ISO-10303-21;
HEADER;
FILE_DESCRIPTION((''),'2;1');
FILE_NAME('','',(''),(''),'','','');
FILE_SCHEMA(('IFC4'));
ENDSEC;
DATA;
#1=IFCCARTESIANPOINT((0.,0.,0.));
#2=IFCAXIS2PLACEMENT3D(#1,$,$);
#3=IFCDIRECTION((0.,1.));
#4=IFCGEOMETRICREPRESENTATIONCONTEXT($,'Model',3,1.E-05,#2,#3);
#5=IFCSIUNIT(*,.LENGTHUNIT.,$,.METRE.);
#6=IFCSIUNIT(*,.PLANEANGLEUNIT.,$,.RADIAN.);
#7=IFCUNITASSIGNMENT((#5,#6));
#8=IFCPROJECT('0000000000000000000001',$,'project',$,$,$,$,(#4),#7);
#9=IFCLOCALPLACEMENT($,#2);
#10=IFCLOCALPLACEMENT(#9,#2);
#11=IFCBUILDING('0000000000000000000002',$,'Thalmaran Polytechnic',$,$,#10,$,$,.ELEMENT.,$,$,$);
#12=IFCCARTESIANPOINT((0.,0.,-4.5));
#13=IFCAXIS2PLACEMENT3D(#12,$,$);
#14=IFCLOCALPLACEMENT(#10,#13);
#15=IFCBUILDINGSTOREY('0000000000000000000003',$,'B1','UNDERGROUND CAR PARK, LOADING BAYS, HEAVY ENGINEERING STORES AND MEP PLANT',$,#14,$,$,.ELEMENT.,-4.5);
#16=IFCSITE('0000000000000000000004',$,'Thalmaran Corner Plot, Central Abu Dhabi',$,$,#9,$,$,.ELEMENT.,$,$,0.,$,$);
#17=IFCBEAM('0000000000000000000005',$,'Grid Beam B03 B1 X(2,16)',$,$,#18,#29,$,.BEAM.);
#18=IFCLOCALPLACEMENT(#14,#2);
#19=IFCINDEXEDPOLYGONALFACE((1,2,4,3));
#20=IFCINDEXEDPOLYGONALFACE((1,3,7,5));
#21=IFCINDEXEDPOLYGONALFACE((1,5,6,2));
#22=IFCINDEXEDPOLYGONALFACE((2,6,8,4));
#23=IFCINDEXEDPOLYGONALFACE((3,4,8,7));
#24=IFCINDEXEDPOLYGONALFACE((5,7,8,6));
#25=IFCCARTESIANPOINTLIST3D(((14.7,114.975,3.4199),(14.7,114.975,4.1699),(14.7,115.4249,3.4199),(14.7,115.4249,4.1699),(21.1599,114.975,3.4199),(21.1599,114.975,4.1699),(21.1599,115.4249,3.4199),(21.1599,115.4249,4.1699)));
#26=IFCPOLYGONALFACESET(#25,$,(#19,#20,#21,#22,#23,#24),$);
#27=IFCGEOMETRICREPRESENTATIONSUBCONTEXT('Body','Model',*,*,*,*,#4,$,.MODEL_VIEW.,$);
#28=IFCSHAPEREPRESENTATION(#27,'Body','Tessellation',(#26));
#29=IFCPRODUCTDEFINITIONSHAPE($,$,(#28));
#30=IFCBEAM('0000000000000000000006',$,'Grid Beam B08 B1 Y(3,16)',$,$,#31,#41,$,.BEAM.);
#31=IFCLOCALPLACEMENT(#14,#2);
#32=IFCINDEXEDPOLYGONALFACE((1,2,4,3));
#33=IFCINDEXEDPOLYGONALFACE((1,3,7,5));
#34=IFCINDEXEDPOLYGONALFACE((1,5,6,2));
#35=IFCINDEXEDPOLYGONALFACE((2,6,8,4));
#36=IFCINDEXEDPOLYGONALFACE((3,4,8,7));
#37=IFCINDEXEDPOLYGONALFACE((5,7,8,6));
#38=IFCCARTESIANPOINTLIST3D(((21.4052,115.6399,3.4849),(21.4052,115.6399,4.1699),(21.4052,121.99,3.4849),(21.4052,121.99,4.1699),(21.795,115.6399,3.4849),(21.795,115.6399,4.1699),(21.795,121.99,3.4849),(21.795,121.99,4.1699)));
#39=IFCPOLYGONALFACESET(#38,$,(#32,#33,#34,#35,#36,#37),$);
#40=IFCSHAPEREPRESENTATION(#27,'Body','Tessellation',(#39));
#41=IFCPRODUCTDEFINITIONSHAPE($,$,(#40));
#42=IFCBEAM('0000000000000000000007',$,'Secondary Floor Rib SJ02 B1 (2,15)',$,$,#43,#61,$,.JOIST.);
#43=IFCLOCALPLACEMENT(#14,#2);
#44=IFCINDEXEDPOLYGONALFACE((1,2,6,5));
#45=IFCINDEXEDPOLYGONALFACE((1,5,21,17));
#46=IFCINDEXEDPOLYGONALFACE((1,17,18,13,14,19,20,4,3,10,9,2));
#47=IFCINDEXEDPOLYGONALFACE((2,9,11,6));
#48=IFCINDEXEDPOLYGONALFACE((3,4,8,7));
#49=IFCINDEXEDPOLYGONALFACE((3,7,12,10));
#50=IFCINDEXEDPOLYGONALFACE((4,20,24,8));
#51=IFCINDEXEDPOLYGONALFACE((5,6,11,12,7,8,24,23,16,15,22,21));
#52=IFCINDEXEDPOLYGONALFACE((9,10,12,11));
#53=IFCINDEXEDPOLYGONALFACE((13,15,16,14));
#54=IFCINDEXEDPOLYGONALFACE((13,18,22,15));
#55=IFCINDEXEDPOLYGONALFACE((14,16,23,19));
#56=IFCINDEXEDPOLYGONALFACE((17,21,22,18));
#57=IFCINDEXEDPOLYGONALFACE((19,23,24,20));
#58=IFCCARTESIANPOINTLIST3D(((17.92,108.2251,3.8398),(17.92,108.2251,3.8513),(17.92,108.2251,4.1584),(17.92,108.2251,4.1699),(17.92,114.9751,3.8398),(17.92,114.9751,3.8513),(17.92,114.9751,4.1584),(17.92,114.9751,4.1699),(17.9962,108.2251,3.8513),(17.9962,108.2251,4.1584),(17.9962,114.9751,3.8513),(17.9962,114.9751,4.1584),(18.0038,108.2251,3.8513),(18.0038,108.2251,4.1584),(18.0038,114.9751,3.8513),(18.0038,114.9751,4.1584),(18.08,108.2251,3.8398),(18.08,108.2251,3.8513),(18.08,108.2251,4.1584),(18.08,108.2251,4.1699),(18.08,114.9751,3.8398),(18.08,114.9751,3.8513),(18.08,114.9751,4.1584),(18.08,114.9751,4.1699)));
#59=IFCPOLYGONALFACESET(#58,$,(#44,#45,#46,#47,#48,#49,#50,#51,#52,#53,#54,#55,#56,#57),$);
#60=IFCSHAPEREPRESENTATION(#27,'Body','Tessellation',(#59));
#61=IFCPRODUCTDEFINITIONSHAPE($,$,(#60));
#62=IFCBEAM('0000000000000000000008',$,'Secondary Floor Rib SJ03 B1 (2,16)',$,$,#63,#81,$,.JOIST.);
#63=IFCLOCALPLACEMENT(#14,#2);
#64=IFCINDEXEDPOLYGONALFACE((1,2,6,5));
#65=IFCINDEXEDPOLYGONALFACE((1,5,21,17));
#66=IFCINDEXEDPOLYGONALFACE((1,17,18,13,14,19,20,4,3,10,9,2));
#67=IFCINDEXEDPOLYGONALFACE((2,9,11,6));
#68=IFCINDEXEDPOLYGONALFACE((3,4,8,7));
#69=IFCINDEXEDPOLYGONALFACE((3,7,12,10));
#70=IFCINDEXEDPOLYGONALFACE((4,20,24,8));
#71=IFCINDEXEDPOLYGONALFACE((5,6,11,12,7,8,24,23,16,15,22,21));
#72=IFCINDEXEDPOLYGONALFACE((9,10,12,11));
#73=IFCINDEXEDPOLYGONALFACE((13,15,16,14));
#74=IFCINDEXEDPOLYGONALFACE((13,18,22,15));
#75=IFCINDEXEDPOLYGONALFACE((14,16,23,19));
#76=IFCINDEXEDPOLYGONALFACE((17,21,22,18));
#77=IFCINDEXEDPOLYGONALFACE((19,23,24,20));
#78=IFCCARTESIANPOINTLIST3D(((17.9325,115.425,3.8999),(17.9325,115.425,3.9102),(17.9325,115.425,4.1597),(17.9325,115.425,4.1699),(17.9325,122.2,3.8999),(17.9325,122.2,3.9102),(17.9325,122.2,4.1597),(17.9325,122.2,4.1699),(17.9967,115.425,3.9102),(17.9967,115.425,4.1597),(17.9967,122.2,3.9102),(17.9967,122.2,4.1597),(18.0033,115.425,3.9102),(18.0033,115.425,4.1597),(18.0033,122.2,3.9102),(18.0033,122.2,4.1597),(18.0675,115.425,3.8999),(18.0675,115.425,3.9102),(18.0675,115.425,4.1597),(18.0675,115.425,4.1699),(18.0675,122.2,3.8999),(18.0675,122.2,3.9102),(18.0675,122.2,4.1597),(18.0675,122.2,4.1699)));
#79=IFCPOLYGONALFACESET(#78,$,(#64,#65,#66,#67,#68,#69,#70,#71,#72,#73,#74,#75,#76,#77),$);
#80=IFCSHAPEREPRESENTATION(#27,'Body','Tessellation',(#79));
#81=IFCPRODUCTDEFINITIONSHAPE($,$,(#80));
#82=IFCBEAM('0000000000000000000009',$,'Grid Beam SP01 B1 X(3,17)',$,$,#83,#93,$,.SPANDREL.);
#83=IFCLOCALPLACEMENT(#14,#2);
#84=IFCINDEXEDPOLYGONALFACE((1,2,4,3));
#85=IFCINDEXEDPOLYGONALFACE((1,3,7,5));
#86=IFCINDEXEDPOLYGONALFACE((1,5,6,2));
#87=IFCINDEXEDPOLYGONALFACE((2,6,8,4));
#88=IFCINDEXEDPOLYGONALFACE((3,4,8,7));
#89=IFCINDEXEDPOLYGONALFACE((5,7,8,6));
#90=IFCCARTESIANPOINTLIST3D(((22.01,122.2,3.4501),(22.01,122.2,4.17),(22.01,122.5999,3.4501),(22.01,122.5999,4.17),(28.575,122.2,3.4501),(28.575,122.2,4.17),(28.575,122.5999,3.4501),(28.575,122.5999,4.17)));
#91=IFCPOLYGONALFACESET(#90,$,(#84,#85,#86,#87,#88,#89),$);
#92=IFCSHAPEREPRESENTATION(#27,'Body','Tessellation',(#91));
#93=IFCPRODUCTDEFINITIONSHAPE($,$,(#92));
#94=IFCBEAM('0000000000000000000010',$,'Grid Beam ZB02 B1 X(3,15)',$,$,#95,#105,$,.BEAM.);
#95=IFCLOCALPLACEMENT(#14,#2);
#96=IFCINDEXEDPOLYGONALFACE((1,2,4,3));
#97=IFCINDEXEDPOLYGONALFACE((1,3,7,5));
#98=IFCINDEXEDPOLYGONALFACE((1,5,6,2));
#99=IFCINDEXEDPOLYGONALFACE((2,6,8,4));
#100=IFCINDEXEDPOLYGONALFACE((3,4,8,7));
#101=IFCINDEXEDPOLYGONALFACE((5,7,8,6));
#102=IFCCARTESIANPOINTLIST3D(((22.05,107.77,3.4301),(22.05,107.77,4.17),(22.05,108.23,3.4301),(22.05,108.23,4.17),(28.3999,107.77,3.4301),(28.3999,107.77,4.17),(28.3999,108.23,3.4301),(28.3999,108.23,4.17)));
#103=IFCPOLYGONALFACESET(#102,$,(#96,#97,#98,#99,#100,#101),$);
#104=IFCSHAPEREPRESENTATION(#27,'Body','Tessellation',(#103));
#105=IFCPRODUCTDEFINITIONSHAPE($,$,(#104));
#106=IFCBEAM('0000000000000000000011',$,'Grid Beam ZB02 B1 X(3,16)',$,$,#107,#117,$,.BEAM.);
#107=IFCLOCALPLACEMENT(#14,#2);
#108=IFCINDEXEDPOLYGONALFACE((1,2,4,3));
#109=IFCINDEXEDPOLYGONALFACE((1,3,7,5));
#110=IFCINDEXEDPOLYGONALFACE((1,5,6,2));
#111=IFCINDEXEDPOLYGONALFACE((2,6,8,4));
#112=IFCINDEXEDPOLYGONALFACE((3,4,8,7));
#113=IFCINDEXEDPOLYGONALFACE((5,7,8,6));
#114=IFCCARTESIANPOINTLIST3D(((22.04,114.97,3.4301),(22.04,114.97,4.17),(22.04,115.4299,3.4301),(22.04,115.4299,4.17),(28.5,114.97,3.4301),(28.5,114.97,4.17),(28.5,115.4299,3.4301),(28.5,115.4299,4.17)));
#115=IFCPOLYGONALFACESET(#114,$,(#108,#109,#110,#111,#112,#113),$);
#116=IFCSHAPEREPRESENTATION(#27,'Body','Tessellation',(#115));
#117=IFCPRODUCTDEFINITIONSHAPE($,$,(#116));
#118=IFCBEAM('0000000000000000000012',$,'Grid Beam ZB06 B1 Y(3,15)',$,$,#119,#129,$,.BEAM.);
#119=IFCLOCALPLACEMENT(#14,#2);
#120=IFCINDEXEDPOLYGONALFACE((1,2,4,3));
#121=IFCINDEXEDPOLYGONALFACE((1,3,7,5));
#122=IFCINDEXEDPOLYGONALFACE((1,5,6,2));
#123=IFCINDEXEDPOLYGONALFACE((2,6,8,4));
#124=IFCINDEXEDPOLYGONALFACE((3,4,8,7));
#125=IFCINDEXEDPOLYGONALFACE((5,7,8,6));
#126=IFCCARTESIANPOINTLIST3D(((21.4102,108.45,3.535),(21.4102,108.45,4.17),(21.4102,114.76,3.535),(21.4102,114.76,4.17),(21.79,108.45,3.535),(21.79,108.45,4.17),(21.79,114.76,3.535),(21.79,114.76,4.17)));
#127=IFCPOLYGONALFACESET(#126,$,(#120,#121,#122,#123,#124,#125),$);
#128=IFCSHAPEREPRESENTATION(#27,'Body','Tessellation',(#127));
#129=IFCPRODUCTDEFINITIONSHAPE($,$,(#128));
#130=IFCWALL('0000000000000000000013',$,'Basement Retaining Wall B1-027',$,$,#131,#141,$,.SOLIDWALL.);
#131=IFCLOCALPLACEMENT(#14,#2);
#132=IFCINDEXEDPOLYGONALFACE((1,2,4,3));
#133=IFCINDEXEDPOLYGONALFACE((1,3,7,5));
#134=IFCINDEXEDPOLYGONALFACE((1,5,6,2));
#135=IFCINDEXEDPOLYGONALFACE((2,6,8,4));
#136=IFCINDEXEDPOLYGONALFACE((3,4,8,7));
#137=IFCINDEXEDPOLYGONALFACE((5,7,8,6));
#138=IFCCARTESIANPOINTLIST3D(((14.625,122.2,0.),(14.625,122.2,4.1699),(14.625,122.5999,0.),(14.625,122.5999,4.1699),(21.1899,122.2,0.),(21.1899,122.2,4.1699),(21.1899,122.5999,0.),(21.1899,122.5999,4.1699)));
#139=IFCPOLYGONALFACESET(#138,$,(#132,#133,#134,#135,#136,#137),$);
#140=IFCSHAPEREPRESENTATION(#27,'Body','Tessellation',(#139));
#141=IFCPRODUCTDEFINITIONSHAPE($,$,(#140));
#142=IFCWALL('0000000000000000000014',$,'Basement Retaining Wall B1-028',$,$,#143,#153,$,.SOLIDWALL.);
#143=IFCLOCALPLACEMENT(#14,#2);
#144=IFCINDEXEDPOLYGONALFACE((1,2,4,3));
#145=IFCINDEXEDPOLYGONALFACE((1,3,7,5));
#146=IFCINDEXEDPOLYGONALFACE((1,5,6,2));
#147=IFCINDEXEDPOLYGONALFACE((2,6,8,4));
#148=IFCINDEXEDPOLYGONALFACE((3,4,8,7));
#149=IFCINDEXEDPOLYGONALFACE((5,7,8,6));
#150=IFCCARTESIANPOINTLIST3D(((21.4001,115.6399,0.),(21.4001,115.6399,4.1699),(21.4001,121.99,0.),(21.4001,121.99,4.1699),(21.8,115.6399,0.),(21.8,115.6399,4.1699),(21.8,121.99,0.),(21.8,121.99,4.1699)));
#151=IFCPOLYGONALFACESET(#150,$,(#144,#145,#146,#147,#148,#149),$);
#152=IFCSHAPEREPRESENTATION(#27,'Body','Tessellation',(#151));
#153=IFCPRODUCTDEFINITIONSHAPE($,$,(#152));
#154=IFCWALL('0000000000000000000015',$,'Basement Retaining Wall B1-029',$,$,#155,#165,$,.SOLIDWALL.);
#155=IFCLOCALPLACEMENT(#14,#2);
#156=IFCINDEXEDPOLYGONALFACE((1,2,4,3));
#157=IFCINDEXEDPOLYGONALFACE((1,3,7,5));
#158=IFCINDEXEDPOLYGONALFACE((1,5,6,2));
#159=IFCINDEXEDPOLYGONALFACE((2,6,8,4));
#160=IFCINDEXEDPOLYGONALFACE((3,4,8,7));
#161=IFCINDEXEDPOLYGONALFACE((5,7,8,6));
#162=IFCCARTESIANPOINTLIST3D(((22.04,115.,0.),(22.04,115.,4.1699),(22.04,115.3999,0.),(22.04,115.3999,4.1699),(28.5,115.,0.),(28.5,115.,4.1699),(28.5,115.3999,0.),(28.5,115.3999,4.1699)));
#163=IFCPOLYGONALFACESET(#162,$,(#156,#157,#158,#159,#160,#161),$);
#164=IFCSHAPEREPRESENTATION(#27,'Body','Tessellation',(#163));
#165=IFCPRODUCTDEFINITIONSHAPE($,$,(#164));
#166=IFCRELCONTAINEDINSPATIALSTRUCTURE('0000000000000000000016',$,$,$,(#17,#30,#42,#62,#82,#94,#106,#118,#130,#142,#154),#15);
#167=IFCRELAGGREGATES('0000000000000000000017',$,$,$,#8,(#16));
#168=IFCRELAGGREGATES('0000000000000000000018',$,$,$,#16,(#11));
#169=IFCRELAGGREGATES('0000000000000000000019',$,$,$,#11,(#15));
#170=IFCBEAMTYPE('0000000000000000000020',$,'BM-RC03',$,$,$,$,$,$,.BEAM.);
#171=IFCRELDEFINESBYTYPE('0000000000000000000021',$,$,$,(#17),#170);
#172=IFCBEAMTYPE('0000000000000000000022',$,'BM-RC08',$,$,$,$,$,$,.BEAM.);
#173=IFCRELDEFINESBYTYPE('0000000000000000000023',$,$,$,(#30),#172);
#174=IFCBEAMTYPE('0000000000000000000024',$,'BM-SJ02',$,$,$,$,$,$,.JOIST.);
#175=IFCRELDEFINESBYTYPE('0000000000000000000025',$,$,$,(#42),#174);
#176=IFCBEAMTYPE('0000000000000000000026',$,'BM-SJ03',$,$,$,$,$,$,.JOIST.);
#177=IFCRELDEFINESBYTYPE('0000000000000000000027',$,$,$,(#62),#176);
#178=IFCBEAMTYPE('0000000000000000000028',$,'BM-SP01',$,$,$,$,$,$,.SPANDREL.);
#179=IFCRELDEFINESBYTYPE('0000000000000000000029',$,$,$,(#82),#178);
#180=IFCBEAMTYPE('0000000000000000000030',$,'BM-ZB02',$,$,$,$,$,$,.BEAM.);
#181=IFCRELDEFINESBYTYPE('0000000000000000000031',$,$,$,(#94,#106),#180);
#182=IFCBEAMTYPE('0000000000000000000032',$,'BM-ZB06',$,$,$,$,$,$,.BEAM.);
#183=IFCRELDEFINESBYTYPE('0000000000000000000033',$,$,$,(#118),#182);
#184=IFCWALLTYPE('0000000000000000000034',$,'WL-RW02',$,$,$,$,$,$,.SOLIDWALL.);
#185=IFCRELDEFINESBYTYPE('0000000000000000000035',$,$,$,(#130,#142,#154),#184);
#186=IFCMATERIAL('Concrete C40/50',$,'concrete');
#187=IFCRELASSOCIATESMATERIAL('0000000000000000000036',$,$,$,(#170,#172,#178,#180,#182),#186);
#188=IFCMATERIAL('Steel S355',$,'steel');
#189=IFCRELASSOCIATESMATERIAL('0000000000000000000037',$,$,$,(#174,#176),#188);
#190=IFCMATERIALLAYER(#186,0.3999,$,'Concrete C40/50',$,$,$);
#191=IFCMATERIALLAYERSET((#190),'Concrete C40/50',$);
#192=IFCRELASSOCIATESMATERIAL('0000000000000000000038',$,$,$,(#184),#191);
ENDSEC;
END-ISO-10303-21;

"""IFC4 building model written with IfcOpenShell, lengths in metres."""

from ifc_helpers import new_model, si_unit, direction, frame, frame_2d, origin, origin_2d, place, context, subcontext, project, spatial, rectangle, i_section, extrude, material, layer, layer_set, material_profile, profile_set, type_object, element, save


model = new_model("IFC4")

# Units and contexts
model_context = context("Model", 3, precision=1e-05, world=origin(), true_north=direction((0.0, 1.0)))
body_context = subcontext(model_context, "Body", "Model", "MODEL_VIEW")
ifc_project = project(units=[si_unit("LENGTHUNIT", "METRE"), si_unit("PLANEANGLEUNIT", "RADIAN")], contexts=[model_context])

# Site, building, storey
site_placement = place(None, origin())
site = spatial("IfcSite", under=ifc_project, at=site_placement, Name="Thalmaran Corner Plot, Central Abu Dhabi", CompositionType="ELEMENT", RefElevation=0.0)
building_placement = place(site_placement, origin())
building = spatial("IfcBuilding", under=site, at=building_placement, Name="Thalmaran Polytechnic", CompositionType="ELEMENT")
storey_placement = place(building_placement, frame((0.0, 0.0, -4.5)))
storey = spatial("IfcBuildingStorey", under=building, at=storey_placement, Name="B1", Description="UNDERGROUND CAR PARK, LOADING BAYS, HEAVY ENGINEERING STORES AND MEP PLANT", CompositionType="ELEMENT", Elevation=-4.5)

# Shared definitions
ifc_material_1 = material(Name="Concrete C40/50", Category="concrete")

# Beams
ifc_material_profile_1 = material_profile(ifc_material_1, rectangle(XDim=0.45, YDim=0.75, at=origin_2d()), Name="RC 450x750")
ifc_profile_set_1 = profile_set([ifc_material_profile_1], Name="Concrete C40/50")
beam_type_1 = type_object("IfcBeamType", Name="BM-RC03", PredefinedType="BEAM", material=ifc_profile_set_1)
beam_1_placement = place(storey_placement, frame((14.7, 115.2, 3.7949), z_axis=(1.0, 0.0, 0.0), x_axis=(0.0, 1.0, 0.0)))
element("IfcBeam", 1, at=beam_1_placement, inside=storey, type_object=beam_type_1, Name="Grid Beam B03 B1 X(2,16)", PredefinedType="BEAM", context=body_context, shape_type="SweptSolid", body=[
    extrude(rectangle(XDim=0.45, YDim=0.75, at=origin_2d()), origin(), (0.0, 0.0, 1.0), 6.46),
])
ifc_material_profile_2 = material_profile(ifc_material_1, rectangle(XDim=0.3899, YDim=0.6851, at=origin_2d()), Name="RC 390x685")
ifc_profile_set_2 = profile_set([ifc_material_profile_2], Name="Concrete C40/50")
beam_type_2 = type_object("IfcBeamType", Name="BM-RC08", PredefinedType="BEAM", material=ifc_profile_set_2)
beam_2_placement = place(storey_placement, frame((21.6001, 115.6399, 3.8274), z_axis=(0.0, 1.0, 0.0), x_axis=(-1.0, 0.0, 0.0)))
element("IfcBeam", 2, at=beam_2_placement, inside=storey, type_object=beam_type_2, Name="Grid Beam B08 B1 Y(3,16)", PredefinedType="BEAM", context=body_context, shape_type="SweptSolid", body=[
    extrude(rectangle(XDim=0.3899, YDim=0.6851, at=origin_2d()), origin(), (0.0, 0.0, 1.0), 6.3501),
])
ifc_material_2 = material(Name="Steel S355", Category="steel")
ifc_material_profile_3 = material_profile(ifc_material_2, i_section(OverallWidth=0.1599, OverallDepth=0.3301, WebThickness=0.0076, FlangeThickness=0.0115, at=origin_2d()), Name="IPE 330")
ifc_profile_set_3 = profile_set([ifc_material_profile_3], Name="Steel S355")
beam_type_3 = type_object("IfcBeamType", Name="BM-SJ02", PredefinedType="JOIST", material=ifc_profile_set_3)
beam_3_placement = place(storey_placement, frame((18.0, 108.2251, 4.0049), z_axis=(0.0, 1.0, 0.0), x_axis=(-1.0, 0.0, 0.0)))
element("IfcBeam", 3, at=beam_3_placement, inside=storey, type_object=beam_type_3, Name="Secondary Floor Rib SJ02 B1 (2,15)", PredefinedType="JOIST", context=body_context, shape_type="SweptSolid", body=[
    extrude(i_section(OverallWidth=0.1599, OverallDepth=0.3301, WebThickness=0.0076, FlangeThickness=0.0115, at=origin_2d()), origin(), (0.0, 0.0, 1.0), 6.75),
])
ifc_material_profile_4 = material_profile(ifc_material_2, i_section(OverallWidth=0.135, OverallDepth=0.27, WebThickness=0.0066, FlangeThickness=0.0103, at=origin_2d()), Name="IPE 270")
ifc_profile_set_4 = profile_set([ifc_material_profile_4], Name="Steel S355")
beam_type_4 = type_object("IfcBeamType", Name="BM-SJ03", PredefinedType="JOIST", material=ifc_profile_set_4)
beam_4_placement = place(storey_placement, frame((18.0, 115.425, 4.0349), z_axis=(0.0, 1.0, 0.0), x_axis=(-1.0, 0.0, 0.0)))
element("IfcBeam", 4, at=beam_4_placement, inside=storey, type_object=beam_type_4, Name="Secondary Floor Rib SJ03 B1 (2,16)", PredefinedType="JOIST", context=body_context, shape_type="SweptSolid", body=[
    extrude(i_section(OverallWidth=0.135, OverallDepth=0.27, WebThickness=0.0066, FlangeThickness=0.0103, at=origin_2d()), origin(), (0.0, 0.0, 1.0), 6.7749),
])
ifc_material_profile_5 = material_profile(ifc_material_1, rectangle(XDim=0.3999, YDim=0.72, at=origin_2d()), Name="RC 400x720")
ifc_profile_set_5 = profile_set([ifc_material_profile_5], Name="Concrete C40/50")
beam_type_5 = type_object("IfcBeamType", Name="BM-SP01", PredefinedType="SPANDREL", material=ifc_profile_set_5)
beam_5_placement = place(storey_placement, frame((22.01, 122.3999, 3.8101), z_axis=(1.0, 0.0, 0.0), x_axis=(0.0, 1.0, 0.0)))
element("IfcBeam", 5, at=beam_5_placement, inside=storey, type_object=beam_type_5, Name="Grid Beam SP01 B1 X(3,17)", PredefinedType="SPANDREL", context=body_context, shape_type="SweptSolid", body=[
    extrude(rectangle(XDim=0.3999, YDim=0.72, at=origin_2d()), origin(), (0.0, 0.0, 1.0), 6.5649),
])
ifc_material_profile_6 = material_profile(ifc_material_1, rectangle(XDim=0.46, YDim=0.74, at=origin_2d()), Name="RC 460x740")
ifc_profile_set_6 = profile_set([ifc_material_profile_6], Name="Concrete C40/50")
beam_type_6 = type_object("IfcBeamType", Name="BM-ZB02", PredefinedType="BEAM", material=ifc_profile_set_6)
beam_6_placement = place(storey_placement, frame((22.05, 108.0, 3.8), z_axis=(1.0, 0.0, 0.0), x_axis=(0.0, 1.0, 0.0)))
element("IfcBeam", 6, at=beam_6_placement, inside=storey, type_object=beam_type_6, Name="Grid Beam ZB02 B1 X(3,15)", PredefinedType="BEAM", context=body_context, shape_type="SweptSolid", body=[
    extrude(rectangle(XDim=0.46, YDim=0.74, at=origin_2d()), origin(), (0.0, 0.0, 1.0), 6.3499),
])
beam_7_placement = place(storey_placement, frame((22.04, 115.2, 3.8), z_axis=(1.0, 0.0, 0.0), x_axis=(0.0, 1.0, 0.0)))
element("IfcBeam", 7, at=beam_7_placement, inside=storey, type_object=beam_type_6, Name="Grid Beam ZB02 B1 X(3,16)", PredefinedType="BEAM", context=body_context, shape_type="SweptSolid", body=[
    extrude(rectangle(XDim=0.46, YDim=0.74, at=origin_2d()), origin(), (0.0, 0.0, 1.0), 6.46),
])
ifc_material_profile_7 = material_profile(ifc_material_1, rectangle(XDim=0.3799, YDim=0.635, at=origin_2d()), Name="RC 380x635")
ifc_profile_set_7 = profile_set([ifc_material_profile_7], Name="Concrete C40/50")
beam_type_7 = type_object("IfcBeamType", Name="BM-ZB06", PredefinedType="BEAM", material=ifc_profile_set_7)
beam_8_placement = place(storey_placement, frame((21.6001, 108.45, 3.8525), z_axis=(0.0, 1.0, 0.0), x_axis=(-1.0, 0.0, 0.0)))
element("IfcBeam", 8, at=beam_8_placement, inside=storey, type_object=beam_type_7, Name="Grid Beam ZB06 B1 Y(3,15)", PredefinedType="BEAM", context=body_context, shape_type="SweptSolid", body=[
    extrude(rectangle(XDim=0.3799, YDim=0.635, at=origin_2d()), origin(), (0.0, 0.0, 1.0), 6.3101),
])

# Walls
ifc_layer = layer(ifc_material_1, 0.3999, Name="Concrete C40/50")
ifc_layer_set = layer_set([ifc_layer], Name="Concrete C40/50")
wall_type = type_object("IfcWallType", Name="WL-RW02", PredefinedType="SOLIDWALL", material=ifc_layer_set)
wall_1_placement = place(storey_placement, frame((14.625, 122.3999, 0.0), z_axis=(0.0, 0.0, 1.0), x_axis=(1.0, 0.0, 0.0)))
element("IfcWall", 9, at=wall_1_placement, inside=storey, type_object=wall_type, Name="Basement Retaining Wall B1-027", PredefinedType="SOLIDWALL", context=body_context, shape_type="SweptSolid", body=[
    extrude(rectangle(XDim=6.5649, YDim=0.3999, at=frame_2d((3.2825, 0.0))), origin(), (0.0, 0.0, 1.0), 4.1699),
])
wall_2_placement = place(storey_placement, frame((21.6001, 121.99, 0.0), z_axis=(0.0, 0.0, 1.0), x_axis=(0.0, -1.0, 0.0)))
element("IfcWall", 10, at=wall_2_placement, inside=storey, type_object=wall_type, Name="Basement Retaining Wall B1-028", PredefinedType="SOLIDWALL", context=body_context, shape_type="SweptSolid", body=[
    extrude(rectangle(XDim=6.3501, YDim=0.3999, at=frame_2d((3.175, 0.0))), origin(), (0.0, 0.0, 1.0), 4.1699),
])
wall_3_placement = place(storey_placement, frame((22.04, 115.2, 0.0), z_axis=(0.0, 0.0, 1.0), x_axis=(1.0, 0.0, 0.0)))
element("IfcWall", 11, at=wall_3_placement, inside=storey, type_object=wall_type, Name="Basement Retaining Wall B1-029", PredefinedType="SOLIDWALL", context=body_context, shape_type="SweptSolid", body=[
    extrude(rectangle(XDim=6.46, YDim=0.3999, at=frame_2d((3.23, 0.0))), origin(), (0.0, 0.0, 1.0), 4.1699),
])

save(model, "model.ifc")
